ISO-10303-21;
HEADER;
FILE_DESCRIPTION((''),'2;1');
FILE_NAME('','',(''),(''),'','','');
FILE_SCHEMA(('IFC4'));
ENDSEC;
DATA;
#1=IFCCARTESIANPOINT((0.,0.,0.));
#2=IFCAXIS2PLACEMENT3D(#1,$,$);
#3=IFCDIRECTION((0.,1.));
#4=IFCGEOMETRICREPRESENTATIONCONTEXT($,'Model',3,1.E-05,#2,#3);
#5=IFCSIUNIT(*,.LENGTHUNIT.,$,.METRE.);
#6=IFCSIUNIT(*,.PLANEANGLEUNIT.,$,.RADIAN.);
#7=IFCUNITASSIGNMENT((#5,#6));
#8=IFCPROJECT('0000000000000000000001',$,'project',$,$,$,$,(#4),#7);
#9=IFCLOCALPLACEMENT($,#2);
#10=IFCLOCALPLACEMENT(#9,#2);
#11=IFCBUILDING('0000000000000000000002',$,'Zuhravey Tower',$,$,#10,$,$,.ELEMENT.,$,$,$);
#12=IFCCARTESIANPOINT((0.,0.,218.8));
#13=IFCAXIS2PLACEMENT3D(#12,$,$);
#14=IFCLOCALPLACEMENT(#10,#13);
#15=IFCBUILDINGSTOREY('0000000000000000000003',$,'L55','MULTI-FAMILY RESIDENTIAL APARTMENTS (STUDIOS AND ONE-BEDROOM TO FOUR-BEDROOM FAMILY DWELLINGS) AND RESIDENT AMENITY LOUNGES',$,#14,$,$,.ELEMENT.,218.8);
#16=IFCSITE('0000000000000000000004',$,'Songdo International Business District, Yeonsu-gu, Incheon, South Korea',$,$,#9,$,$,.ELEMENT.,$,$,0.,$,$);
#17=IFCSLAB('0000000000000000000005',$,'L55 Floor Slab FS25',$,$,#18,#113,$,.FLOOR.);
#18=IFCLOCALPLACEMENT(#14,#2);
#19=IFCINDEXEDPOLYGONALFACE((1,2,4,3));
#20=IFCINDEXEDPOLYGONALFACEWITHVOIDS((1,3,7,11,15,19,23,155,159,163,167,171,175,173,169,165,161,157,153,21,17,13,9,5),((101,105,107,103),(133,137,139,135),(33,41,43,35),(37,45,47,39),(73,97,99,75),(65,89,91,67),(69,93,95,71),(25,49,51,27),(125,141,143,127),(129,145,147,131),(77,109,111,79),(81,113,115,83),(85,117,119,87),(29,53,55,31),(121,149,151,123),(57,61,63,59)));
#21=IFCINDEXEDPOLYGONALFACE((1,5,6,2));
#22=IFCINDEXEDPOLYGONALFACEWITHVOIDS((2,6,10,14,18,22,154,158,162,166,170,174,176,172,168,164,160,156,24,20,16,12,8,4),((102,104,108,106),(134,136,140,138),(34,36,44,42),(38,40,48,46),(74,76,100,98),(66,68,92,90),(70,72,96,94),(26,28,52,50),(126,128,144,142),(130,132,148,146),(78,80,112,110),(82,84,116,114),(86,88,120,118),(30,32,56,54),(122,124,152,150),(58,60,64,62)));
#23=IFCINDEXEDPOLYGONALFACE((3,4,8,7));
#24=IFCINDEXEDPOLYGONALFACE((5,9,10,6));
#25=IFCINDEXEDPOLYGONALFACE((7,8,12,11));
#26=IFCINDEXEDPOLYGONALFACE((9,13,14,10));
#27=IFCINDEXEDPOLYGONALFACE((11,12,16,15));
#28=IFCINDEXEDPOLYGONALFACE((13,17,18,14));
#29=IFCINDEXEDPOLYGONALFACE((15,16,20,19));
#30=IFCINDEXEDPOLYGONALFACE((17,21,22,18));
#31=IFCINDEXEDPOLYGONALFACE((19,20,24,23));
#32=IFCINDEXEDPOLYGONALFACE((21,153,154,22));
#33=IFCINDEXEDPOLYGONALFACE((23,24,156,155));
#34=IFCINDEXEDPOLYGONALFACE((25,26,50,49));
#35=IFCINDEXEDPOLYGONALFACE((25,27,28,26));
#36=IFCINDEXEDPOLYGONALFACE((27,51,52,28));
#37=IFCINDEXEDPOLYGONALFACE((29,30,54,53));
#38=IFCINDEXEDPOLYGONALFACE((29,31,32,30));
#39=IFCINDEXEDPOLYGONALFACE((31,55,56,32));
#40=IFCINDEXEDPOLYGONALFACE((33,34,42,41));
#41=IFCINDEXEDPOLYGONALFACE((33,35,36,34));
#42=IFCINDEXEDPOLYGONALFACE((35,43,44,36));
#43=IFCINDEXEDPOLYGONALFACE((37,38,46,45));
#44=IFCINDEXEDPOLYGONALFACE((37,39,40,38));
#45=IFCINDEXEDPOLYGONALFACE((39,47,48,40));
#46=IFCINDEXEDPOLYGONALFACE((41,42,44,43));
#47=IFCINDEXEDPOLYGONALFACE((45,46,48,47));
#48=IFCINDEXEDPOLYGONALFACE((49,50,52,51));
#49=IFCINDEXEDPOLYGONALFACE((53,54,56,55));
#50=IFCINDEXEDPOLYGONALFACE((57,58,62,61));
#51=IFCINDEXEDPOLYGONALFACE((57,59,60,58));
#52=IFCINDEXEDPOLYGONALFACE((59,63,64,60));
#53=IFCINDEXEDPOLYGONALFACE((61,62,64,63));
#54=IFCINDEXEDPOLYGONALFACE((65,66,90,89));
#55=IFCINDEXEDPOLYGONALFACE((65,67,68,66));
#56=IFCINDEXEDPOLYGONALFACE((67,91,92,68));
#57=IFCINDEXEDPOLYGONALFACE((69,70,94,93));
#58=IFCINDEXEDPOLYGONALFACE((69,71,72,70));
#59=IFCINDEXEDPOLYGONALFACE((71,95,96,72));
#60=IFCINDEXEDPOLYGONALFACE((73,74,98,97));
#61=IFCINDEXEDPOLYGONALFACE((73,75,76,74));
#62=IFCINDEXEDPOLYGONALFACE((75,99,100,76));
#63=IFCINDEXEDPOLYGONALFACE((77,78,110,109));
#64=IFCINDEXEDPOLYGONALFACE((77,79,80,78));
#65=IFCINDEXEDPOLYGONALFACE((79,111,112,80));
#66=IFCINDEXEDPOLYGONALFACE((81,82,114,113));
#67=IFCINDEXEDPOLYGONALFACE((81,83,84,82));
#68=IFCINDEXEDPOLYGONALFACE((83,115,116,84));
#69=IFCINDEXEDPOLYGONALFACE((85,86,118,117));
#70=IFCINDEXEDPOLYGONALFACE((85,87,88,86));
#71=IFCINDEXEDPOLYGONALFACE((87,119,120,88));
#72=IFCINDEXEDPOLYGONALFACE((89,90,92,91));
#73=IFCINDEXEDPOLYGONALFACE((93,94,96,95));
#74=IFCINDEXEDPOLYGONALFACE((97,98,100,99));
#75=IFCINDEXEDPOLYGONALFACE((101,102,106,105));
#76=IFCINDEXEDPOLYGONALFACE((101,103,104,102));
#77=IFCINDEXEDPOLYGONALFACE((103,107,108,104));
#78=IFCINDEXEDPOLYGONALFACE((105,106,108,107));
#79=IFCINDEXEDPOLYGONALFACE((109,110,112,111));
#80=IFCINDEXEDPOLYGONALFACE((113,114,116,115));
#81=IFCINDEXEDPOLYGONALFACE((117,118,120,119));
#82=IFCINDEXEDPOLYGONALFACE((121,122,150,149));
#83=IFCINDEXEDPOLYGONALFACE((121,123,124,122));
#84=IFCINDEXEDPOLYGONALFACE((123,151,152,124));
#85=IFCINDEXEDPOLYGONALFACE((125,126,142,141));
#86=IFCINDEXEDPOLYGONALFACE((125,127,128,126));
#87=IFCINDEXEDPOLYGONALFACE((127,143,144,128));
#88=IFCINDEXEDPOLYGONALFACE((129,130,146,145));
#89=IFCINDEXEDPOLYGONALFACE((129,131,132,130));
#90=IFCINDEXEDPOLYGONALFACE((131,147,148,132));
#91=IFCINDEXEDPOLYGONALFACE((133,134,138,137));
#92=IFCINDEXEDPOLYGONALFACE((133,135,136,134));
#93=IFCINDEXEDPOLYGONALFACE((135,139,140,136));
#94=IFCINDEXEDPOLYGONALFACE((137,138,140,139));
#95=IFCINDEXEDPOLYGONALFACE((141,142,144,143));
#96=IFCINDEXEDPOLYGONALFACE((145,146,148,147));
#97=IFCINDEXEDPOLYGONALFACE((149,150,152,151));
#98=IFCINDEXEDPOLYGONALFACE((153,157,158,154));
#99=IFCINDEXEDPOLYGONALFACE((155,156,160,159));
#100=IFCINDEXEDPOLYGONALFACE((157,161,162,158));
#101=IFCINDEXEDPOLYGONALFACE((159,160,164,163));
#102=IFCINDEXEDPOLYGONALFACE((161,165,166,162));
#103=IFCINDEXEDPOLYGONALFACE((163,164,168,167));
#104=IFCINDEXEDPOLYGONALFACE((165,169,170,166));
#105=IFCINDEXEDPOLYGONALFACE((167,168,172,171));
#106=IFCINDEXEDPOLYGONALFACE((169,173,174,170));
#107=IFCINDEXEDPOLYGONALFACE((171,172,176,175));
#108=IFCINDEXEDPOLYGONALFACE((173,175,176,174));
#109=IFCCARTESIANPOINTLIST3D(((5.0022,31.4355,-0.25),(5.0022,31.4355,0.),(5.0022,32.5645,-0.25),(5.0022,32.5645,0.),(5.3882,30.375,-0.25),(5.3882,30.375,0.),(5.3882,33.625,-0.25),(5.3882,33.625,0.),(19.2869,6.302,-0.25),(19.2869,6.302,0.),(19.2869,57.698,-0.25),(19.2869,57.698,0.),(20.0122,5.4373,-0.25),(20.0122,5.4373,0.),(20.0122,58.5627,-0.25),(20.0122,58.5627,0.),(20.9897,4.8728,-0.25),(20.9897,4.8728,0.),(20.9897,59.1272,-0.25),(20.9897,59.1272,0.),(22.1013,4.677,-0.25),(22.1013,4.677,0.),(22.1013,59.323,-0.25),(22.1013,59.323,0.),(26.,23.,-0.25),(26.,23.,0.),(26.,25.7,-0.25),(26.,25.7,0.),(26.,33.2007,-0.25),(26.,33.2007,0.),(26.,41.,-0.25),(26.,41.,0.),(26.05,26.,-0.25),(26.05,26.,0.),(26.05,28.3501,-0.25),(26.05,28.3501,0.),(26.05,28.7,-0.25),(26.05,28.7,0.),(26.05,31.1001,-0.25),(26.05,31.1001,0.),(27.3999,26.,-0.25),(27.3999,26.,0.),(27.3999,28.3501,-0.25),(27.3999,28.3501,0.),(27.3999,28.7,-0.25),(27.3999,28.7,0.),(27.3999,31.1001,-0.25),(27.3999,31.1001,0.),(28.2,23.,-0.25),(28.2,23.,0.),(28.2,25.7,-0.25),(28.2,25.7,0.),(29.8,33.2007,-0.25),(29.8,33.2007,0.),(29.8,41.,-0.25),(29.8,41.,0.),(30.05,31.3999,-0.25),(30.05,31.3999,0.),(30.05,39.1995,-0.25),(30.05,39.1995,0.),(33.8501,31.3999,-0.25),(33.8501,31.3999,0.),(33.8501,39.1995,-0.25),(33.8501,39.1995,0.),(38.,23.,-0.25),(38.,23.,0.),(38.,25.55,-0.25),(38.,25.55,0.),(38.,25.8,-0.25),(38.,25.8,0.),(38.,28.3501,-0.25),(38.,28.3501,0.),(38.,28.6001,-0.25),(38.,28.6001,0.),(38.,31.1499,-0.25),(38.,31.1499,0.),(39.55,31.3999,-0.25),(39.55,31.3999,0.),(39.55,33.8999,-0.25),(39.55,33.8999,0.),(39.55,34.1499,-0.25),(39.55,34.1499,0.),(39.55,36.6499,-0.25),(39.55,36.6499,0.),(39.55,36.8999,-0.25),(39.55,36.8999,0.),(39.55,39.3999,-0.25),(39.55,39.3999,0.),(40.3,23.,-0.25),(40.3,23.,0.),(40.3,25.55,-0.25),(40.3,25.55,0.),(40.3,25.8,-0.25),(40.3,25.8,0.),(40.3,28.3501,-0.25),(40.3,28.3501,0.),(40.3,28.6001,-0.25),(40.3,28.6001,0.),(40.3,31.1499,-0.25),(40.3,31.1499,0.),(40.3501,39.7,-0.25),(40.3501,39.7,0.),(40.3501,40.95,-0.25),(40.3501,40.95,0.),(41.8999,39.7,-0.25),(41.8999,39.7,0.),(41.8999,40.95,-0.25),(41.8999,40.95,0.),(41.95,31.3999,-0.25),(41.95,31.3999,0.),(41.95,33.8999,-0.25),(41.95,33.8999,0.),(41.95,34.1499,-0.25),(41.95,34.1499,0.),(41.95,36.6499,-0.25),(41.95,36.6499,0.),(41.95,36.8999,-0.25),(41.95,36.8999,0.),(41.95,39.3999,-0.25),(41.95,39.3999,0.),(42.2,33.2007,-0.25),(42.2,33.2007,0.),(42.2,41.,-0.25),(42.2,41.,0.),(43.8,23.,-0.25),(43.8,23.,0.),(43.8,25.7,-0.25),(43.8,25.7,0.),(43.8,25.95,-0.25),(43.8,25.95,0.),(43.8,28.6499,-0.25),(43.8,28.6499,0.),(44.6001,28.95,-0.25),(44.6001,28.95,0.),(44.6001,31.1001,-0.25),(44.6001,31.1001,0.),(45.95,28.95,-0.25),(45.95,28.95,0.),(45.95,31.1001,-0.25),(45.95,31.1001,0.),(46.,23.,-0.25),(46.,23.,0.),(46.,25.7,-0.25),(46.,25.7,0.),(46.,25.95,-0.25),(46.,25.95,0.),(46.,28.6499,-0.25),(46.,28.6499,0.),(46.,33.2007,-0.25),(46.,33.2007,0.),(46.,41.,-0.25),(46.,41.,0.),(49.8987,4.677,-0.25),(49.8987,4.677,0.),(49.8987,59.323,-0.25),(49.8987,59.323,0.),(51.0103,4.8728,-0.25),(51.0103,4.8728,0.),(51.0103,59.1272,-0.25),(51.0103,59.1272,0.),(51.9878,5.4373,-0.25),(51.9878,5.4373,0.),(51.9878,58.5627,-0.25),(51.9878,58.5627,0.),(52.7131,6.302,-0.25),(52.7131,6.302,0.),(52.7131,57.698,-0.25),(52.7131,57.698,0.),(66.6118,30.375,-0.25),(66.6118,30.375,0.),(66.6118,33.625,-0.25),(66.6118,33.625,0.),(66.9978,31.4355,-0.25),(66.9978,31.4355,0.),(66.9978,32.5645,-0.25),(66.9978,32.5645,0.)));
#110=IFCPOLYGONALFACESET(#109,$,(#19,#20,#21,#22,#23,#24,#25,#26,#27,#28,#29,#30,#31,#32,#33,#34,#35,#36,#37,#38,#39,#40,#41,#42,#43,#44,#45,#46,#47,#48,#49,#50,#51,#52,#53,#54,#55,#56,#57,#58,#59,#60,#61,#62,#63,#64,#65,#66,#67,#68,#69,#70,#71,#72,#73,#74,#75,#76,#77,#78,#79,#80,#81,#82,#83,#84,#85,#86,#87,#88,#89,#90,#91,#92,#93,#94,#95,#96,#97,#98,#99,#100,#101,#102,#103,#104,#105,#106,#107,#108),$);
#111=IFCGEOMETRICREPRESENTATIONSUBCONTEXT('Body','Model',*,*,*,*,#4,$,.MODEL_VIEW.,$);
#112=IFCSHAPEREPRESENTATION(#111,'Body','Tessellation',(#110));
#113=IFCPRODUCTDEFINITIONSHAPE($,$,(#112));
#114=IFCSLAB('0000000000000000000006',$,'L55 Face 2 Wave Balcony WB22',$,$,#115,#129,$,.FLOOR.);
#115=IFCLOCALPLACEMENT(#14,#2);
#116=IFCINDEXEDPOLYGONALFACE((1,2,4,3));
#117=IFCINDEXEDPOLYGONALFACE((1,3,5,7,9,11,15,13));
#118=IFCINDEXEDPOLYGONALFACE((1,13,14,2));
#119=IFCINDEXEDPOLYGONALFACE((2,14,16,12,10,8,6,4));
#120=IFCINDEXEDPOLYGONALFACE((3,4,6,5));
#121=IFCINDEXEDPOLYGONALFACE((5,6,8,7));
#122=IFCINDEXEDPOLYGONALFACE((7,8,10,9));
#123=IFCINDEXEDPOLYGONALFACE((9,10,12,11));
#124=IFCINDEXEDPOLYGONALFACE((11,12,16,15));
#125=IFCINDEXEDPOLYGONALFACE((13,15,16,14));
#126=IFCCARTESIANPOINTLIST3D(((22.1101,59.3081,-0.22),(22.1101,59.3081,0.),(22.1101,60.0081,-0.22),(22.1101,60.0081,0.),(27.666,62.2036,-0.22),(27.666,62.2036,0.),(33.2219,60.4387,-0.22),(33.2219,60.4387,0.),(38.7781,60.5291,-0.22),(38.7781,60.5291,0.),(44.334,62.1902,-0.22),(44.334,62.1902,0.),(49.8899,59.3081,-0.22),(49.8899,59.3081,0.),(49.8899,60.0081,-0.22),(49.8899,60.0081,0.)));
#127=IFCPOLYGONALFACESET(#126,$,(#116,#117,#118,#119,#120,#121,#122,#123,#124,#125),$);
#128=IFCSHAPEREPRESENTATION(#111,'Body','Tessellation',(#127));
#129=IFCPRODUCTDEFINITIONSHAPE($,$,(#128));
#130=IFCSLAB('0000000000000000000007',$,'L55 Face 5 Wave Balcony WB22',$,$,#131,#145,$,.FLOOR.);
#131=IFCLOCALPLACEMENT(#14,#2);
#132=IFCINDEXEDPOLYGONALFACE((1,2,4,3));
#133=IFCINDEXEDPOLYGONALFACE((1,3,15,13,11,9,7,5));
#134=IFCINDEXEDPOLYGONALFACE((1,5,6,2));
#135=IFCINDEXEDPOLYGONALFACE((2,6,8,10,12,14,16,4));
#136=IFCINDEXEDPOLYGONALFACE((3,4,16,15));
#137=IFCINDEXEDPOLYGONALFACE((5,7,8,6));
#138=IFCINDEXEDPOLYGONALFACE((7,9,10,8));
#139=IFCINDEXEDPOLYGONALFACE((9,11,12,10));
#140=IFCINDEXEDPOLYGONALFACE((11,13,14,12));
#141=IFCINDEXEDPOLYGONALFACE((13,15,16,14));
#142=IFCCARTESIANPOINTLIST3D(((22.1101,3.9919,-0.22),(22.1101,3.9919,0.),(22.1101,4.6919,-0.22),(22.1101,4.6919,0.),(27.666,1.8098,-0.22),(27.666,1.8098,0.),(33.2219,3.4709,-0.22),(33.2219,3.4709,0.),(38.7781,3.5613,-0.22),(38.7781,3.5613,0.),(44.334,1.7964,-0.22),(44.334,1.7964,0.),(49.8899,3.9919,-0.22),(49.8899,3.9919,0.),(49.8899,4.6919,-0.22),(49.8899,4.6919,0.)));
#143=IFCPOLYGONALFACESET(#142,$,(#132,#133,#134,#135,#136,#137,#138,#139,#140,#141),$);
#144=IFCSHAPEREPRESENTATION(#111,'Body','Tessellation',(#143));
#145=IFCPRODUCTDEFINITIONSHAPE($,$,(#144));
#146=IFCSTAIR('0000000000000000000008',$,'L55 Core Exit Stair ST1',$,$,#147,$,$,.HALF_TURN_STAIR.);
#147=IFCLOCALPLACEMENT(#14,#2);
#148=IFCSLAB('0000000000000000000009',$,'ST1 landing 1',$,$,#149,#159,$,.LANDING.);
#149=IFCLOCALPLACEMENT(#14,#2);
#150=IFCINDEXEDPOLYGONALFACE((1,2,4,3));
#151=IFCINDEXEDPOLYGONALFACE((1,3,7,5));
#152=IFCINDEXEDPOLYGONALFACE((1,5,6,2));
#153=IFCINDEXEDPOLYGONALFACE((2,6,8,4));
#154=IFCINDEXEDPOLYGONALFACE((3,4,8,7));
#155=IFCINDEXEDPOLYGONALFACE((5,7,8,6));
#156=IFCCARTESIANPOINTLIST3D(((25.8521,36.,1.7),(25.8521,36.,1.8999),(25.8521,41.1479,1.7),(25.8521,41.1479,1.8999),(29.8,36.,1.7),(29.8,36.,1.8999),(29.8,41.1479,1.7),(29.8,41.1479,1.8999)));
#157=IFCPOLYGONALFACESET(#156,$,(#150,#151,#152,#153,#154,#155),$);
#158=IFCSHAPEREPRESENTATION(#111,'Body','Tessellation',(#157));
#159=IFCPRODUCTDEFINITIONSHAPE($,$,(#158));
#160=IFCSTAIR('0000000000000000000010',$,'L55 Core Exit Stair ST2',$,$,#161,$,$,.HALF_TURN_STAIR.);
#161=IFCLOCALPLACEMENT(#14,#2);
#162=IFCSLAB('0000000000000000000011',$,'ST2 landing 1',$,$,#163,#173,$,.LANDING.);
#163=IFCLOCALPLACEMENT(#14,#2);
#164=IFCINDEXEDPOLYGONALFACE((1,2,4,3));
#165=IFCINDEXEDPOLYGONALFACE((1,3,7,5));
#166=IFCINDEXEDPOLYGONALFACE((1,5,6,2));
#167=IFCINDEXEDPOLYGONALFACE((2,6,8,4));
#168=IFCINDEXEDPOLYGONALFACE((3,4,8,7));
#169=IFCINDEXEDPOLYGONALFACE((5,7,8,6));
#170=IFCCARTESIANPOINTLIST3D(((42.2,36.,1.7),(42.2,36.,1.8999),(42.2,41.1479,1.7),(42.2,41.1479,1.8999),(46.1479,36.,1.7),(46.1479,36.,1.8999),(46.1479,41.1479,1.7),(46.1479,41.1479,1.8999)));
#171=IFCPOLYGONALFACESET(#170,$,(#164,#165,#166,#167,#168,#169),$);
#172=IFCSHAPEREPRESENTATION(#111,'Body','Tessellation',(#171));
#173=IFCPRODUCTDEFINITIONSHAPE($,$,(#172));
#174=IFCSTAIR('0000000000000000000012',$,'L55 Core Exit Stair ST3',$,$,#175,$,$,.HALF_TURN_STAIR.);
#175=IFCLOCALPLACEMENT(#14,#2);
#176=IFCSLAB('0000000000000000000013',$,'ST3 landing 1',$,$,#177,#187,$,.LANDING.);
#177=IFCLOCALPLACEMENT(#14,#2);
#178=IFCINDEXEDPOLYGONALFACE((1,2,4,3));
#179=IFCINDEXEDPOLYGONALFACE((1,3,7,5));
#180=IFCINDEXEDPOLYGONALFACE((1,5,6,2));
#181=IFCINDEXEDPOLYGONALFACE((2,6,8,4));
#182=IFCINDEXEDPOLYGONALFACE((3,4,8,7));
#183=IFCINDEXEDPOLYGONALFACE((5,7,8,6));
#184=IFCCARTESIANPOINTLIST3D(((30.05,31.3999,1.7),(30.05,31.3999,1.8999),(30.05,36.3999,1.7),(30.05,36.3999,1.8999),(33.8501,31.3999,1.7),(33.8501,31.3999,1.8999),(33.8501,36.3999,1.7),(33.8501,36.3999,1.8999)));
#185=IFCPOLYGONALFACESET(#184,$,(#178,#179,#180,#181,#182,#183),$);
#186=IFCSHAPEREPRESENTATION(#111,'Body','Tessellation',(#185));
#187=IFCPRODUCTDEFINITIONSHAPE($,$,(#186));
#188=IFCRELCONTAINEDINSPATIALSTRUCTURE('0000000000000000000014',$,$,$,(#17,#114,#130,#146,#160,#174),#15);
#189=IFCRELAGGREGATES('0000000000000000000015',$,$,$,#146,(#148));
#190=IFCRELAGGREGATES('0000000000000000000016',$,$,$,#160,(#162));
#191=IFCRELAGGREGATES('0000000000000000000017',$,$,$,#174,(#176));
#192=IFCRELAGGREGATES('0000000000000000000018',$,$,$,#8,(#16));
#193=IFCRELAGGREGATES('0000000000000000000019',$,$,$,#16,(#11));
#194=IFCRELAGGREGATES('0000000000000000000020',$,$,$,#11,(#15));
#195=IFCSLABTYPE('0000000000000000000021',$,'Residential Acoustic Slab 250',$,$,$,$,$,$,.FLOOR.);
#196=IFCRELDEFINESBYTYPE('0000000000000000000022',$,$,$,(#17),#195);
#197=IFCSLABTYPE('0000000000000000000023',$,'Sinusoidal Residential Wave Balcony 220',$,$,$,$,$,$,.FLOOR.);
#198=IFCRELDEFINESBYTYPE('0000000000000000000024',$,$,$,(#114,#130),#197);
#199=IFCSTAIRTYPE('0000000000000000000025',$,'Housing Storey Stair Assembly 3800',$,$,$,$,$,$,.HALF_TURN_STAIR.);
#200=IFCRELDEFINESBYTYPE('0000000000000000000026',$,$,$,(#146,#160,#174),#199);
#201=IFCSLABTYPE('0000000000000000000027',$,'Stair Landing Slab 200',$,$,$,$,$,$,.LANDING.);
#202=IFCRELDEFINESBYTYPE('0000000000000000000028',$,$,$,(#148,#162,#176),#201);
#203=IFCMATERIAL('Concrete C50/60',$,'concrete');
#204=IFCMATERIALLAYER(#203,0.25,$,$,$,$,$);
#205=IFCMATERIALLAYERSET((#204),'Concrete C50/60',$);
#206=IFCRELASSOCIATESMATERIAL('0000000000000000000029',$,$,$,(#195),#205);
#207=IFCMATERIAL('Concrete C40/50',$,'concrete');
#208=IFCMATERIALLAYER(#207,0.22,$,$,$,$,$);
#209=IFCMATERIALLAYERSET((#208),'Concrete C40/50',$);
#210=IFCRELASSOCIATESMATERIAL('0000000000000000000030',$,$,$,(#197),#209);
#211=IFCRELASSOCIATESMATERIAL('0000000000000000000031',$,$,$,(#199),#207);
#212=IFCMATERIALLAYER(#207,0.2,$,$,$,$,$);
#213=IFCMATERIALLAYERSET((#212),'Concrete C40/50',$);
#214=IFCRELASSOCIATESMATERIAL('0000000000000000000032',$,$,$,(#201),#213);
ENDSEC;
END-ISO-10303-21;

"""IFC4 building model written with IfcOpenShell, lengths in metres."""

from ifc_helpers import new_model, si_unit, direction, frame, origin, place, context, subcontext, project, spatial, polyline, outline, extrude, material, layer, layer_set, type_object, element, aggregate, save


model = new_model("IFC4")

# Units and contexts
model_context = context("Model", 3, precision=1e-05, world=origin(), true_north=direction((0.0, 1.0)))
body_context = subcontext(model_context, "Body", "Model", "MODEL_VIEW")
ifc_project = project(units=[si_unit("LENGTHUNIT", "METRE"), si_unit("PLANEANGLEUNIT", "RADIAN")], contexts=[model_context])

# Site, building, storey
site_placement = place(None, origin())
site = spatial("IfcSite", under=ifc_project, at=site_placement, Name="Songdo International Business District, Yeonsu-gu, Incheon, South Korea", CompositionType="ELEMENT", RefElevation=0.0)
building_placement = place(site_placement, origin())
building = spatial("IfcBuilding", under=site, at=building_placement, Name="Zuhravey Tower", CompositionType="ELEMENT")
storey_placement = place(building_placement, frame((0.0, 0.0, 218.8)))
storey = spatial("IfcBuildingStorey", under=building, at=storey_placement, Name="L55", Description="MULTI-FAMILY RESIDENTIAL APARTMENTS (STUDIOS AND ONE-BEDROOM TO FOUR-BEDROOM FAMILY DWELLINGS) AND RESIDENT AMENITY LOUNGES", CompositionType="ELEMENT", Elevation=218.8)

# Shared definitions
ifc_material_1 = material(Name="Concrete C50/60", Category="concrete")

# Slabs
ifc_layer_1 = layer(ifc_material_1, 0.25)
ifc_layer_set_1 = layer_set([ifc_layer_1], Name="Concrete C50/60")
slab_type_1 = type_object("IfcSlabType", Name="Residential Acoustic Slab 250", PredefinedType="FLOOR", material=ifc_layer_set_1)
slab_1_placement = place(storey_placement, frame((0.0, 0.0, -0.25)))
element("IfcSlab", 1, at=slab_1_placement, inside=storey, type_object=slab_type_1, Name="L55 Floor Slab FS25", PredefinedType="FLOOR", context=body_context, shape_type="SweptSolid", body=[
    extrude(outline(polyline([(66.6118, 30.375), (66.9978, 31.4355), (66.9978, 32.5645), (66.6118, 33.625), (52.7131, 57.698), (51.9878, 58.5627), (51.0103, 59.1272), (49.8987, 59.323), (22.1013, 59.323), (20.9897, 59.1272), (20.0122, 58.5627), (19.2869, 57.698), (5.3882, 33.625), (5.0022, 32.5645), (5.0022, 31.4355), (5.3882, 30.375), (19.2869, 6.302), (20.0122, 5.4373), (20.9897, 4.8728), (22.1013, 4.677), (49.8987, 4.677), (51.0103, 4.8728), (51.9878, 5.4373), (52.7131, 6.302), (66.6118, 30.375)]), holes=[polyline([(29.8, 33.2007), (29.8, 41.0), (26.0, 41.0), (26.0, 33.2007), (29.8, 33.2007)]), polyline([(46.0, 33.2007), (46.0, 41.0), (42.2, 41.0), (42.2, 33.2007), (46.0, 33.2007)]), polyline([(30.05, 39.1995), (30.05, 31.3999), (33.8501, 31.3999), (33.8501, 39.1995), (30.05, 39.1995)]), polyline([(38.0, 23.0), (40.3, 23.0), (40.3, 25.55), (38.0, 25.55), (38.0, 23.0)]), polyline([(38.0, 25.8), (40.3, 25.8), (40.3, 28.3501), (38.0, 28.3501), (38.0, 25.8)]), polyline([(38.0, 28.6001), (40.3, 28.6001), (40.3, 31.1499), (38.0, 31.1499), (38.0, 28.6001)]), polyline([(39.55, 31.3999), (41.95, 31.3999), (41.95, 33.8999), (39.55, 33.8999), (39.55, 31.3999)]), polyline([(39.55, 34.1499), (41.95, 34.1499), (41.95, 36.6499), (39.55, 36.6499), (39.55, 34.1499)]), polyline([(39.55, 36.8999), (41.95, 36.8999), (41.95, 39.3999), (39.55, 39.3999), (39.55, 36.8999)]), polyline([(26.0, 23.0), (28.2, 23.0), (28.2, 25.7), (26.0, 25.7), (26.0, 23.0)]), polyline([(43.8, 23.0), (46.0, 23.0), (46.0, 25.7), (43.8, 25.7), (43.8, 23.0)]), polyline([(43.8, 25.95), (46.0, 25.95), (46.0, 28.6499), (43.8, 28.6499), (43.8, 25.95)]), polyline([(26.05, 26.0), (27.3999, 26.0), (27.3999, 28.3501), (26.05, 28.3501), (26.05, 26.0)]), polyline([(26.05, 28.7), (27.3999, 28.7), (27.3999, 31.1001), (26.05, 31.1001), (26.05, 28.7)]), polyline([(44.6001, 28.95), (45.95, 28.95), (45.95, 31.1001), (44.6001, 31.1001), (44.6001, 28.95)]), polyline([(40.3501, 39.7), (41.8999, 39.7), (41.8999, 40.95), (40.3501, 40.95), (40.3501, 39.7)])]), origin(), (0.0, 0.0, 1.0), 0.25),
])
ifc_material_2 = material(Name="Concrete C40/50", Category="concrete")
ifc_layer_2 = layer(ifc_material_2, 0.22)
ifc_layer_set_2 = layer_set([ifc_layer_2], Name="Concrete C40/50")
slab_type_2 = type_object("IfcSlabType", Name="Sinusoidal Residential Wave Balcony 220", PredefinedType="FLOOR", material=ifc_layer_set_2)
slab_2_placement = place(storey_placement, frame((0.0, 0.0, -0.22)))
element("IfcSlab", 2, at=slab_2_placement, inside=storey, type_object=slab_type_2, Name="L55 Face 2 Wave Balcony WB22", PredefinedType="FLOOR", context=body_context, shape_type="SweptSolid", body=[
    extrude(outline(polyline([(49.8899, 59.3081), (22.1101, 59.3081), (22.1101, 60.0081), (27.666, 62.2036), (33.2219, 60.4387), (38.7781, 60.5291), (44.334, 62.1902), (49.8899, 60.0081), (49.8899, 59.3081)])), origin(), (0.0, 0.0, 1.0), 0.22),
])
slab_3_placement = place(storey_placement, frame((0.0, 0.0, -0.22)))
element("IfcSlab", 3, at=slab_3_placement, inside=storey, type_object=slab_type_2, Name="L55 Face 5 Wave Balcony WB22", PredefinedType="FLOOR", context=body_context, shape_type="SweptSolid", body=[
    extrude(outline(polyline([(22.1101, 4.6919), (49.8899, 4.6919), (49.8899, 3.9919), (44.334, 1.7964), (38.7781, 3.5613), (33.2219, 3.4709), (27.666, 1.8098), (22.1101, 3.9919), (22.1101, 4.6919)])), origin(), (0.0, 0.0, 1.0), 0.22),
])

# Stairs, slabs
stair_type = type_object("IfcStairType", Name="Housing Storey Stair Assembly 3800", PredefinedType="HALF_TURN_STAIR", material=ifc_material_2)
stair_1_placement = place(storey_placement, origin())
stair_1 = element("IfcStair", 4, at=stair_1_placement, inside=storey, type_object=stair_type, Name="L55 Core Exit Stair ST1", PredefinedType="HALF_TURN_STAIR")
ifc_layer_3 = layer(ifc_material_2, 0.2)
ifc_layer_set_3 = layer_set([ifc_layer_3], Name="Concrete C40/50")
slab_type_3 = type_object("IfcSlabType", Name="Stair Landing Slab 200", PredefinedType="LANDING", material=ifc_layer_set_3)
slab_4_placement = place(storey_placement, frame((0.0, 0.0, 1.7)))
slab_4 = element("IfcSlab", 5, at=slab_4_placement, type_object=slab_type_3, Name="ST1 landing 1", PredefinedType="LANDING", context=body_context, shape_type="SweptSolid", body=[
    extrude(outline(polyline([(29.8, 36.0), (29.8, 41.1479), (25.8521, 41.1479), (25.8521, 36.0), (29.8, 36.0)])), origin(), (0.0, 0.0, 1.0), 0.2),
])
aggregate(stair_1, [slab_4])
stair_2_placement = place(storey_placement, origin())
stair_2 = element("IfcStair", 6, at=stair_2_placement, inside=storey, type_object=stair_type, Name="L55 Core Exit Stair ST2", PredefinedType="HALF_TURN_STAIR")
slab_5_placement = place(storey_placement, frame((0.0, 0.0, 1.7)))
slab_5 = element("IfcSlab", 7, at=slab_5_placement, type_object=slab_type_3, Name="ST2 landing 1", PredefinedType="LANDING", context=body_context, shape_type="SweptSolid", body=[
    extrude(outline(polyline([(46.1479, 36.0), (46.1479, 41.1479), (42.2, 41.1479), (42.2, 36.0), (46.1479, 36.0)])), origin(), (0.0, 0.0, 1.0), 0.2),
])
aggregate(stair_2, [slab_5])
stair_3_placement = place(storey_placement, origin())
stair_3 = element("IfcStair", 8, at=stair_3_placement, inside=storey, type_object=stair_type, Name="L55 Core Exit Stair ST3", PredefinedType="HALF_TURN_STAIR")
slab_6_placement = place(storey_placement, frame((0.0, 0.0, 1.7)))
slab_6 = element("IfcSlab", 9, at=slab_6_placement, type_object=slab_type_3, Name="ST3 landing 1", PredefinedType="LANDING", context=body_context, shape_type="SweptSolid", body=[
    extrude(outline(polyline([(30.05, 36.3999), (30.05, 31.3999), (33.8501, 31.3999), (33.8501, 36.3999), (30.05, 36.3999)])), origin(), (0.0, 0.0, 1.0), 0.2),
])
aggregate(stair_3, [slab_6])

save(model, "model.ifc")
